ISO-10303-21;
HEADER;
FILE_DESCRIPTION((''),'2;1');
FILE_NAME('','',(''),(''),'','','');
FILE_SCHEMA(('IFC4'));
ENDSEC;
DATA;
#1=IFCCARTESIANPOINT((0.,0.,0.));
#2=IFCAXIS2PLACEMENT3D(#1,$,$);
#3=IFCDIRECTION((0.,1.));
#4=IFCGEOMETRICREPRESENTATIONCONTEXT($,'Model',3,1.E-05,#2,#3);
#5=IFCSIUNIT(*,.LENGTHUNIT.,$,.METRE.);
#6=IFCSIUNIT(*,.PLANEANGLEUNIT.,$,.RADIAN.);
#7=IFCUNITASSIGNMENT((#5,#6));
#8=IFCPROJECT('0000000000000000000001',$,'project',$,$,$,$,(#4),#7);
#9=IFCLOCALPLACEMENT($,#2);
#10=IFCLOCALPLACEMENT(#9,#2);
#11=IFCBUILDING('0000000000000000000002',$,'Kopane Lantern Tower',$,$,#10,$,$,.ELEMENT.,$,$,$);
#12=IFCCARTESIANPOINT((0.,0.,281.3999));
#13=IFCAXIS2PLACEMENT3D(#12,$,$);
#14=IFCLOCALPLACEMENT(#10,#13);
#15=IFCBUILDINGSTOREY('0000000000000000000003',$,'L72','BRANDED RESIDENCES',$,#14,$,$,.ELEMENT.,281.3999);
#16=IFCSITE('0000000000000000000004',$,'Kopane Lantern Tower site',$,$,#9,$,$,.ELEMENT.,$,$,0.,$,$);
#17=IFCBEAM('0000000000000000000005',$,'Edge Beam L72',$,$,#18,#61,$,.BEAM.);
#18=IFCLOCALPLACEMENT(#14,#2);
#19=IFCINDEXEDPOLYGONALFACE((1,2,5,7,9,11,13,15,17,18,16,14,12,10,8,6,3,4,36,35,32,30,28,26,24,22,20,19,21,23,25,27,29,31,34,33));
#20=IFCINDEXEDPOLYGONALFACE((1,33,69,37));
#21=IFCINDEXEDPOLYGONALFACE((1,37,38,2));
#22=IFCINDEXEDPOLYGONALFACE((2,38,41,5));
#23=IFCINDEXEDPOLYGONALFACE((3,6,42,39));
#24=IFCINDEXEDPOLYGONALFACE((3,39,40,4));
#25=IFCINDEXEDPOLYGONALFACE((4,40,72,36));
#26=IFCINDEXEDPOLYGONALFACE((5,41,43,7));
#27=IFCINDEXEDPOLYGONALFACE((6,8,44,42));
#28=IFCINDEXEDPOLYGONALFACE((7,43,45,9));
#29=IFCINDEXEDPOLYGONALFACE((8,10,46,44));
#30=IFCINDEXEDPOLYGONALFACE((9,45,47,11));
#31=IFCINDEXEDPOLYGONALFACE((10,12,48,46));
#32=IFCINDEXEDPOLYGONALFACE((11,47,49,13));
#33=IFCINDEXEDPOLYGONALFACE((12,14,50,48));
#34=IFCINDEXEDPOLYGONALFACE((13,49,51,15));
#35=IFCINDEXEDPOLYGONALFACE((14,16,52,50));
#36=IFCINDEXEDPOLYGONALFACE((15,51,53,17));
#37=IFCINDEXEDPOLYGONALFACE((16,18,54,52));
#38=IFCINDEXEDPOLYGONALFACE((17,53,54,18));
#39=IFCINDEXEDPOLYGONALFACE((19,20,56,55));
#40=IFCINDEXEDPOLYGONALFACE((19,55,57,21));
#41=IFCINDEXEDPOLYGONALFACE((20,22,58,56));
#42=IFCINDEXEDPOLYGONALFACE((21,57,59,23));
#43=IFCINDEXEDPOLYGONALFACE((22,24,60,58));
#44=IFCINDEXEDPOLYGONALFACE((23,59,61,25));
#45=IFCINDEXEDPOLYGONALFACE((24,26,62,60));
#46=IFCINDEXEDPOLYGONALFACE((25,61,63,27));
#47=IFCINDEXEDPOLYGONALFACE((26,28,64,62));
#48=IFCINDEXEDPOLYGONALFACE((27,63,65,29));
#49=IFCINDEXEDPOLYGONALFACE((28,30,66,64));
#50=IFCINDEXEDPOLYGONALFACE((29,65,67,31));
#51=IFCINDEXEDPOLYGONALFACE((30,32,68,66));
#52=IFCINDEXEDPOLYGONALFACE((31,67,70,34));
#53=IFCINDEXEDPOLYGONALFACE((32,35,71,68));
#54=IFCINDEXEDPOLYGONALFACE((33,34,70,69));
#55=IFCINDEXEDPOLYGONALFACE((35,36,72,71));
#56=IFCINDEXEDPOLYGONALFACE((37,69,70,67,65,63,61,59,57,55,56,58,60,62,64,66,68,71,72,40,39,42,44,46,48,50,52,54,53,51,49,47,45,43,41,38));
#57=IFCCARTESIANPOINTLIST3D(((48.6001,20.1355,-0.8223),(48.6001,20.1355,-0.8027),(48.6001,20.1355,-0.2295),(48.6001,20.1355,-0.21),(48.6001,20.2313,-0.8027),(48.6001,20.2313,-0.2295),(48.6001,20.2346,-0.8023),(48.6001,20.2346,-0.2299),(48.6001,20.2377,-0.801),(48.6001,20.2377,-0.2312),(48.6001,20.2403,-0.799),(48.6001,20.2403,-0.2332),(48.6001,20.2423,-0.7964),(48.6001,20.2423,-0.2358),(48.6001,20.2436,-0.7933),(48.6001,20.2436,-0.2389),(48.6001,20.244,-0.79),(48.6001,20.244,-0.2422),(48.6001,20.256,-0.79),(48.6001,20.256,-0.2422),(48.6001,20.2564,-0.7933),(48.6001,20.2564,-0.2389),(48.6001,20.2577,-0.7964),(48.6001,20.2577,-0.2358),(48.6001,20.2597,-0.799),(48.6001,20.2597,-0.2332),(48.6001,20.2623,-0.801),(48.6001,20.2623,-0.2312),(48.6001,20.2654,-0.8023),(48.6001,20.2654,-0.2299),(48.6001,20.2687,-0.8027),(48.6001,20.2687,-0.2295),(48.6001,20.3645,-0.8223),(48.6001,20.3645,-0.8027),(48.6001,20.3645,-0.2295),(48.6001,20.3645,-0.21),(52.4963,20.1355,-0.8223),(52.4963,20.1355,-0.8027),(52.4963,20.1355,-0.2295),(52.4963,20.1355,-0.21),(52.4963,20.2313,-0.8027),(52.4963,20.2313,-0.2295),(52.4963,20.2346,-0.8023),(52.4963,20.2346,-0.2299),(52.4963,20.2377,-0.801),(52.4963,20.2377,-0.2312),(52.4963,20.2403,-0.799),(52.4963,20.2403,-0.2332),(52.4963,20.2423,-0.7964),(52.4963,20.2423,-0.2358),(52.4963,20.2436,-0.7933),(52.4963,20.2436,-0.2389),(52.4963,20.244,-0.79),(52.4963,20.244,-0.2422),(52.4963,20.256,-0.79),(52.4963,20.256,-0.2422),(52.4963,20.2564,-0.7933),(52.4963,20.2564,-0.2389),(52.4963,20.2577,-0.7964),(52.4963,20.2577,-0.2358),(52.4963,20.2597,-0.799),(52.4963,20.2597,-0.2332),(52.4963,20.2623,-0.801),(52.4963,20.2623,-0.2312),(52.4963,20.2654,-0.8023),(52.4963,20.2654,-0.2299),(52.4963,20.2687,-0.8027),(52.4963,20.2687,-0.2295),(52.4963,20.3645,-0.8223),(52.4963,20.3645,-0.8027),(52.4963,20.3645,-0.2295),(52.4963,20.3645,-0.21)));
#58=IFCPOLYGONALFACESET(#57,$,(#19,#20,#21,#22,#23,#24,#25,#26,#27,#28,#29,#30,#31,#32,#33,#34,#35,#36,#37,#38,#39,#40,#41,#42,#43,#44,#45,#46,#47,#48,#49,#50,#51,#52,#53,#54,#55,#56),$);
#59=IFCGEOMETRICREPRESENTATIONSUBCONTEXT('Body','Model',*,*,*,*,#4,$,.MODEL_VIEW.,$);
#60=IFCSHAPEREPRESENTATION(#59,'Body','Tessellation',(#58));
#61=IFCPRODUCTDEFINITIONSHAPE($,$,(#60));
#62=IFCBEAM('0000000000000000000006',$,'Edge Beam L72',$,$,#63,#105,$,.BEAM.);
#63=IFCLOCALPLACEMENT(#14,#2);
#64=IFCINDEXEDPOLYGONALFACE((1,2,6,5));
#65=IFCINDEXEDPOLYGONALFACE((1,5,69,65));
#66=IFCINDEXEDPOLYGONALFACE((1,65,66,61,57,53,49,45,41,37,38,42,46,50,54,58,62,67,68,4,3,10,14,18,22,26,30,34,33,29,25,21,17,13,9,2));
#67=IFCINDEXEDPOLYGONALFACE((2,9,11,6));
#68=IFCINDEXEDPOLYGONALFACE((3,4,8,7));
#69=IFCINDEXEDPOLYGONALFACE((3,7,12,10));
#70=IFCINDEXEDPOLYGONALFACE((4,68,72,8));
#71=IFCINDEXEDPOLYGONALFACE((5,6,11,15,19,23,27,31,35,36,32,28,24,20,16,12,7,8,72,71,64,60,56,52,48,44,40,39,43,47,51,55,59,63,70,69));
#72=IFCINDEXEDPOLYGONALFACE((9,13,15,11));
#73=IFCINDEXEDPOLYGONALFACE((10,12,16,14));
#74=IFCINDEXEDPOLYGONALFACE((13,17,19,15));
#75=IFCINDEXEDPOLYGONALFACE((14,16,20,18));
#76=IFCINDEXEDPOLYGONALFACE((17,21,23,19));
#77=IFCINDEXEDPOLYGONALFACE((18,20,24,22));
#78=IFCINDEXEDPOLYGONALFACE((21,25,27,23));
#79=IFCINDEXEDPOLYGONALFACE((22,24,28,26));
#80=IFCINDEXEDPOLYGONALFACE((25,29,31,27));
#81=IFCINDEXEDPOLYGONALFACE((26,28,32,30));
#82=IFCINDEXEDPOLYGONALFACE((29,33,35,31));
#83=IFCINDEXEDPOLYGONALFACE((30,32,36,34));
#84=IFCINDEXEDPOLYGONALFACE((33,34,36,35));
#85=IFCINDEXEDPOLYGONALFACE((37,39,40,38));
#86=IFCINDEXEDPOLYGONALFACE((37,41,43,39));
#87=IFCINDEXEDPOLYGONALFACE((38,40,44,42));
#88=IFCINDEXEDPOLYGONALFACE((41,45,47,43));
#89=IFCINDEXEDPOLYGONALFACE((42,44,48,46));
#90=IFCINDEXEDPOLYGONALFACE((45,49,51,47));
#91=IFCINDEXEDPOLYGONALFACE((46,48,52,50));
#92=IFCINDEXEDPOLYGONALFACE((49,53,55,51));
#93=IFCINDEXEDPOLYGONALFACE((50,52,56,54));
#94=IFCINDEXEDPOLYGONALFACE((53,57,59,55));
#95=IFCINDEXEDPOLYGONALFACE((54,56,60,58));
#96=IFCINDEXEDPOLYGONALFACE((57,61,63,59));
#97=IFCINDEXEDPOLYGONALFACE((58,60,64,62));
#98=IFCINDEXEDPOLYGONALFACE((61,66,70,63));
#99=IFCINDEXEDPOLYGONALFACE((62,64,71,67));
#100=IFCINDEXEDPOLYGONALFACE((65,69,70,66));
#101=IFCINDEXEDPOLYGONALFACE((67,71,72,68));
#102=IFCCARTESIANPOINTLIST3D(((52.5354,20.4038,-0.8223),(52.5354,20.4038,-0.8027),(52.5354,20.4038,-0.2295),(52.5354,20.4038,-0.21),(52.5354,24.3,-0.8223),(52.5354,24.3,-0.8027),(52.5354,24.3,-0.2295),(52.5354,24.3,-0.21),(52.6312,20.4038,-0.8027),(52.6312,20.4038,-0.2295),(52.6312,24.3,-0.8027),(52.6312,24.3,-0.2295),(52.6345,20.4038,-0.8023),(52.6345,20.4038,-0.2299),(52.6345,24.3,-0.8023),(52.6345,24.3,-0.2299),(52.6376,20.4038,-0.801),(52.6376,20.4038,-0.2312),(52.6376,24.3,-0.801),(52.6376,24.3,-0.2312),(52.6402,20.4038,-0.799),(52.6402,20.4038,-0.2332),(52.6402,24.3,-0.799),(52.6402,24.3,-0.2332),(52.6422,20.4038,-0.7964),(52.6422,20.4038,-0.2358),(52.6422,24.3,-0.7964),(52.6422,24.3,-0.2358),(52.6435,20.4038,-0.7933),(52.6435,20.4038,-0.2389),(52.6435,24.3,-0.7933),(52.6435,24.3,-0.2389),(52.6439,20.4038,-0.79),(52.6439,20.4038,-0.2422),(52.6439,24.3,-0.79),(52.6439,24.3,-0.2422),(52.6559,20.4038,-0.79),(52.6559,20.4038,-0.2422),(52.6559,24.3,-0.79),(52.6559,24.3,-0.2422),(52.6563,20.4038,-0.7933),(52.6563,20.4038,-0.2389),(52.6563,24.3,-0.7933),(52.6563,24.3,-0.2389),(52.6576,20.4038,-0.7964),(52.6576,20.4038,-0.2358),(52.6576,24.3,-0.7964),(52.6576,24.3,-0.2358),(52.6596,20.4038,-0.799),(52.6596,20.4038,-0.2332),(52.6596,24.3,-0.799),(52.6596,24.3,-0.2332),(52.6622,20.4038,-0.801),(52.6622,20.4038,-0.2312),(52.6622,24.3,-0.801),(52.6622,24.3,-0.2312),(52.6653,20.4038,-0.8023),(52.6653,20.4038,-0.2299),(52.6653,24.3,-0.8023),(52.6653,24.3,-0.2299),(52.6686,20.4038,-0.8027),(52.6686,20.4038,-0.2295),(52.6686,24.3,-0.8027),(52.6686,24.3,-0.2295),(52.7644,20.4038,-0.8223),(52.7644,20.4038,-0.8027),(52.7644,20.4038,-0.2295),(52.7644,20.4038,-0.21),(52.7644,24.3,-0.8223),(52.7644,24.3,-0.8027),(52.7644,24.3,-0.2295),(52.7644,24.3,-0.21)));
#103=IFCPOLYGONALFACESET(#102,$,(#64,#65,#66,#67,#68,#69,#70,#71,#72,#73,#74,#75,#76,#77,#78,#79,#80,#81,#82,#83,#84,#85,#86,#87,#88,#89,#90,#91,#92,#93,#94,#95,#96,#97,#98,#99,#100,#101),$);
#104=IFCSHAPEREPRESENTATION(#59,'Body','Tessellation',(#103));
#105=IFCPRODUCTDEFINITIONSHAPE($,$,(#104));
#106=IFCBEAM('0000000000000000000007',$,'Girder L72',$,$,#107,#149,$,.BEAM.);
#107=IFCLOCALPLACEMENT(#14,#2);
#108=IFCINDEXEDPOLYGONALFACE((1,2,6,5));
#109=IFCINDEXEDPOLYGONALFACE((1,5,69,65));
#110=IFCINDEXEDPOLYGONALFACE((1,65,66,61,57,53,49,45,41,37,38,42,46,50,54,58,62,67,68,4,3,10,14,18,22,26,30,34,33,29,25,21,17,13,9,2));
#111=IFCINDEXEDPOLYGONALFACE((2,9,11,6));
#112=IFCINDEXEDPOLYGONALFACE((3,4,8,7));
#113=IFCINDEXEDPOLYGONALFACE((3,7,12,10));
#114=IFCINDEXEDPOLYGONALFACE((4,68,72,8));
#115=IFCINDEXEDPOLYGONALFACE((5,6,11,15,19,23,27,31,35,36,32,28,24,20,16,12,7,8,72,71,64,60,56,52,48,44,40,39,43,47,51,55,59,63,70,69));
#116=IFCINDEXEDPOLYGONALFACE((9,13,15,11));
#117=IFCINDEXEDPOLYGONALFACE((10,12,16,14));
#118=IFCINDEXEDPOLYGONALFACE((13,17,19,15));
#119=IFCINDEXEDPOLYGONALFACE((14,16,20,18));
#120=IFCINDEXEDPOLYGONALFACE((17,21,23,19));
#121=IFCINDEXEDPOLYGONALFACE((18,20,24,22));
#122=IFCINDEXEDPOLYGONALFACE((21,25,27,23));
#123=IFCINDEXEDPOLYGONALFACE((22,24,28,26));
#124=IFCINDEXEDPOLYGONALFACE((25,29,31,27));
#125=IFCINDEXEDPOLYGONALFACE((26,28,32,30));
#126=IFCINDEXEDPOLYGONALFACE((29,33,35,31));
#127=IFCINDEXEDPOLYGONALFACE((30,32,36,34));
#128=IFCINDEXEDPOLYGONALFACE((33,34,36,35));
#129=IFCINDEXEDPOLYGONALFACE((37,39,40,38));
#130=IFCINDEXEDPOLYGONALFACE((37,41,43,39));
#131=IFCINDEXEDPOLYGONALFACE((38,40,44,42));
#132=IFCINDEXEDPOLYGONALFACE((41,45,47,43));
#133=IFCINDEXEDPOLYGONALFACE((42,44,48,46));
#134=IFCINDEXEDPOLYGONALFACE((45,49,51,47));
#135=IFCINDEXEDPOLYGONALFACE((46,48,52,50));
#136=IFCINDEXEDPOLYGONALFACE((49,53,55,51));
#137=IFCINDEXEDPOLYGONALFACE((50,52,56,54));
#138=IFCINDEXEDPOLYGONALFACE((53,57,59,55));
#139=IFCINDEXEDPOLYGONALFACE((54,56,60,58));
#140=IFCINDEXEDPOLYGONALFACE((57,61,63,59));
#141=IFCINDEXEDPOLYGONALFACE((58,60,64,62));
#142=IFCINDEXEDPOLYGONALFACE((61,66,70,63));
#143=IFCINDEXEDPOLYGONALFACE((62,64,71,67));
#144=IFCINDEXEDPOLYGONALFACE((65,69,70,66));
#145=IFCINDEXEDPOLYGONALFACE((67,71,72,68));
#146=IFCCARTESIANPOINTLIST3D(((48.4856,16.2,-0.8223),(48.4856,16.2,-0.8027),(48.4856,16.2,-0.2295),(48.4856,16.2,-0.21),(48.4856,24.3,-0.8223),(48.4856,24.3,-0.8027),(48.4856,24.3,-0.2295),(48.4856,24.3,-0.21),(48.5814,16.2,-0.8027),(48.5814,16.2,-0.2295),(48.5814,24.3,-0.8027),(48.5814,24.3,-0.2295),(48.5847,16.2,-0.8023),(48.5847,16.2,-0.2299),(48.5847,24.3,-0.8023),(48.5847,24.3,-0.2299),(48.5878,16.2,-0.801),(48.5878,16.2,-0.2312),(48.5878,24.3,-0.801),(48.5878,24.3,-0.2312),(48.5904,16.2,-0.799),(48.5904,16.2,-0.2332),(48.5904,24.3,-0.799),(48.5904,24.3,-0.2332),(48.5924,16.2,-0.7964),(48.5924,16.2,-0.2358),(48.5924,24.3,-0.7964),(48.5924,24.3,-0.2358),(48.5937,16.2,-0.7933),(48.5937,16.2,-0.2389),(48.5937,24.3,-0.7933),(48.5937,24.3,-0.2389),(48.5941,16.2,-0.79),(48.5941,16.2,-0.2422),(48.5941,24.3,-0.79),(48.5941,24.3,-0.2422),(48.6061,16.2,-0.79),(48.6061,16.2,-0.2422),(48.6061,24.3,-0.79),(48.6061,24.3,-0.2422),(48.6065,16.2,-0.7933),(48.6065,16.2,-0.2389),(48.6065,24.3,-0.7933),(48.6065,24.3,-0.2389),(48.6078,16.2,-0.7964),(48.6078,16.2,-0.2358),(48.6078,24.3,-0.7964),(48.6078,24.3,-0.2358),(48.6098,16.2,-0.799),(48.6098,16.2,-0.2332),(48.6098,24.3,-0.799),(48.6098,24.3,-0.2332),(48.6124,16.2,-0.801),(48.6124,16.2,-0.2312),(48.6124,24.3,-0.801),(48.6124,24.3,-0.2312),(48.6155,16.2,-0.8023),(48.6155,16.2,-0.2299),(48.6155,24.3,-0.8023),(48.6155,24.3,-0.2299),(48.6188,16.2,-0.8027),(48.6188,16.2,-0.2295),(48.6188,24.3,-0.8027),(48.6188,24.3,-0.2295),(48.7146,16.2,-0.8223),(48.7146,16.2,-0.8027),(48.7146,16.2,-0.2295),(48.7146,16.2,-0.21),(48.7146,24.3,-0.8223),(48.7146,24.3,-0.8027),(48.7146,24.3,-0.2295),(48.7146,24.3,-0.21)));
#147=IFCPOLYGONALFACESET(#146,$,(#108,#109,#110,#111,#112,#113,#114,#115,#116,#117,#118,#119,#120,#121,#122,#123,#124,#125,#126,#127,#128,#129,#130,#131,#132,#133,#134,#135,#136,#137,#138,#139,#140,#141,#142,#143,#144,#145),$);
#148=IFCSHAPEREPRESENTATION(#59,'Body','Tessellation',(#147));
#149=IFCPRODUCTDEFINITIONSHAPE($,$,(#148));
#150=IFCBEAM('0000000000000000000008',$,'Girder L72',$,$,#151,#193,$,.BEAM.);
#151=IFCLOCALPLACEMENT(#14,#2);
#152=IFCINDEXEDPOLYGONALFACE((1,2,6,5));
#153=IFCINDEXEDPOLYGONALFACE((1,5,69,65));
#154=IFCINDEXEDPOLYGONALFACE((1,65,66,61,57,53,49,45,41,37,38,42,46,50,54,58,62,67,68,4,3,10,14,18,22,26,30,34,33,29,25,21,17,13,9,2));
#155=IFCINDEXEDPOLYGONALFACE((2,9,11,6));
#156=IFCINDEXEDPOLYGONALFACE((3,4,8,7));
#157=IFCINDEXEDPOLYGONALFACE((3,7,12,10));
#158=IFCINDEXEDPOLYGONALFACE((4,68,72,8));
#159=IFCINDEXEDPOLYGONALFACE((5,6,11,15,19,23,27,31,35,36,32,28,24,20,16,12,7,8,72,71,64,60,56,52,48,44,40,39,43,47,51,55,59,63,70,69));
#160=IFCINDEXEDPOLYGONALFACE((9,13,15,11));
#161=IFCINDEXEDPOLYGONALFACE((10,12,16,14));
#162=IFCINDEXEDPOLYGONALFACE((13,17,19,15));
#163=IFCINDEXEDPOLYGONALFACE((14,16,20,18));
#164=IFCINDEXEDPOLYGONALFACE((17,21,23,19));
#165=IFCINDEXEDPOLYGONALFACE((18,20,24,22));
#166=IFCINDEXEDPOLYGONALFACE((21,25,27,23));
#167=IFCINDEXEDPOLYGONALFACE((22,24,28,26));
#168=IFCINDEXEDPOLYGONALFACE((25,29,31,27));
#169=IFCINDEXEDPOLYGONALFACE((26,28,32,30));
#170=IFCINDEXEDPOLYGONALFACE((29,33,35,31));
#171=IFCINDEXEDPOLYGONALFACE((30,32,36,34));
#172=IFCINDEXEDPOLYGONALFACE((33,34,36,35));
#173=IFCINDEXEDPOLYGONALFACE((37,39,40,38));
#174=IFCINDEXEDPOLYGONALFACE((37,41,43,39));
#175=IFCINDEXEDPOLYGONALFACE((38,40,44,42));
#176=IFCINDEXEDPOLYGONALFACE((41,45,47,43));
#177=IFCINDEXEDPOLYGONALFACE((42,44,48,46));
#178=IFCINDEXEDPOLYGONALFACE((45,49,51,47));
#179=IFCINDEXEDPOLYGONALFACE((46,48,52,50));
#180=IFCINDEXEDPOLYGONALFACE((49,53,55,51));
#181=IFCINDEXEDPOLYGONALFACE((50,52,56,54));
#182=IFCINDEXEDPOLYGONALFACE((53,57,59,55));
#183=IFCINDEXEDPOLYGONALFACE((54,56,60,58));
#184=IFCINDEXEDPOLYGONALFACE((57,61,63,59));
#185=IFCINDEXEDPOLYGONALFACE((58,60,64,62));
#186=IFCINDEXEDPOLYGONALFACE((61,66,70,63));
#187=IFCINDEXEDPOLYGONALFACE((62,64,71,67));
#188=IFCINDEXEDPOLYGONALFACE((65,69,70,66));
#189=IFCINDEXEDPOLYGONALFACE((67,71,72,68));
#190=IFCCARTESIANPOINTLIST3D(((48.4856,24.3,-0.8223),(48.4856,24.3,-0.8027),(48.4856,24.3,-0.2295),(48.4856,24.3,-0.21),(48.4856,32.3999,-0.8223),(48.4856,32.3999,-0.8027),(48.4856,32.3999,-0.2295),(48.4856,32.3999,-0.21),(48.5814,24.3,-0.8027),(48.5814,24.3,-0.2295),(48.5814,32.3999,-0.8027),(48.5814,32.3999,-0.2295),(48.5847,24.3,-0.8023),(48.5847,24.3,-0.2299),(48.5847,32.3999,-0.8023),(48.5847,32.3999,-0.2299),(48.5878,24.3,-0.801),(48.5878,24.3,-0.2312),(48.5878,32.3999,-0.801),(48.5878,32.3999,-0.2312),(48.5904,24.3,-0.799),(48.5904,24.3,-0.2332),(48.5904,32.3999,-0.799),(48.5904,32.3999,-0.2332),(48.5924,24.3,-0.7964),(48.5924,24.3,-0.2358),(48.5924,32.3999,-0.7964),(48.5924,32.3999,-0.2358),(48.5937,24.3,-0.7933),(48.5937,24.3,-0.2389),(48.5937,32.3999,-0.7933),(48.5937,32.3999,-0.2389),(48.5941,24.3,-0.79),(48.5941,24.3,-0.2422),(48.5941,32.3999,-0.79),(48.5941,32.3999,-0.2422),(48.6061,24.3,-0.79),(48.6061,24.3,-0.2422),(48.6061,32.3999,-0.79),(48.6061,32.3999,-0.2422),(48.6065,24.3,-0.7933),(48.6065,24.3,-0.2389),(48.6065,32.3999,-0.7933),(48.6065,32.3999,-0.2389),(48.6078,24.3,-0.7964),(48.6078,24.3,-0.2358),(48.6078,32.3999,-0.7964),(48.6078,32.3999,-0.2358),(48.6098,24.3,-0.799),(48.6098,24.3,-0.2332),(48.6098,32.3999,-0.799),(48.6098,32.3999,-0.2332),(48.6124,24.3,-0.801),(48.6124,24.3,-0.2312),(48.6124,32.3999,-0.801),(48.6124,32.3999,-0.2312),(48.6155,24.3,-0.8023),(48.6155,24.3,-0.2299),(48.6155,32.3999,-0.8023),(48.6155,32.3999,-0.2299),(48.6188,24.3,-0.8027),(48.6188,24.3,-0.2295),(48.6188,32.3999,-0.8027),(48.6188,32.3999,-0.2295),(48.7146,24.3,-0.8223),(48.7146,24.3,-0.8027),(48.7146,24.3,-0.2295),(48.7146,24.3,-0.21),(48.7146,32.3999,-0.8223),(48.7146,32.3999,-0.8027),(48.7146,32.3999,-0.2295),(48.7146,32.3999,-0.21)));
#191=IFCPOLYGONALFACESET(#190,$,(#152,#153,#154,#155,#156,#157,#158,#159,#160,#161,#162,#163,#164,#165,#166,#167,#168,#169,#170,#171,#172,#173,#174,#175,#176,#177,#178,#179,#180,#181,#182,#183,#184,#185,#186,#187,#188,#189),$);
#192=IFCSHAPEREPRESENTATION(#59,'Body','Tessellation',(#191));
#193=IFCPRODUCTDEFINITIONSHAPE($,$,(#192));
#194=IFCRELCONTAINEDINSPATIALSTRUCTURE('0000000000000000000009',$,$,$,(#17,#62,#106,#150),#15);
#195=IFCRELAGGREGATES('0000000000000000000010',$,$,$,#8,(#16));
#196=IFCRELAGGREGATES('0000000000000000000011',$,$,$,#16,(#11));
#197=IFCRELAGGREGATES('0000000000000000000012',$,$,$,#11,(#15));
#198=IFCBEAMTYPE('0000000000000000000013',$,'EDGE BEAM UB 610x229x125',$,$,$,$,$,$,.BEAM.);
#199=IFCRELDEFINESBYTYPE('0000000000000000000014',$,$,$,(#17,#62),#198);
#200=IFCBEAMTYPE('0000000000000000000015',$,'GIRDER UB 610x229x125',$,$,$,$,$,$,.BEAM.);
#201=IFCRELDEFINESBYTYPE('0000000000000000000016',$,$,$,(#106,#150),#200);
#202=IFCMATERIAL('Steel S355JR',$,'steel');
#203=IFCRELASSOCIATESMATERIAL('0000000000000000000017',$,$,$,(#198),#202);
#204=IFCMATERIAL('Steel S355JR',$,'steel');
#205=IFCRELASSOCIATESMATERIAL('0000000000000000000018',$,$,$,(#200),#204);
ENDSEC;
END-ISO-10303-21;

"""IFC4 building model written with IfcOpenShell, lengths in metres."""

from ifc_helpers import new_model, si_unit, direction, frame, origin, origin_2d, place, context, subcontext, project, spatial, i_section, extrude, material, material_profile, profile_set, type_object, element, save


model = new_model("IFC4")

# Units and contexts
model_context = context("Model", 3, precision=1e-05, world=origin(), true_north=direction((0.0, 1.0)))
body_context = subcontext(model_context, "Body", "Model", "MODEL_VIEW")
ifc_project = project(units=[si_unit("LENGTHUNIT", "METRE"), si_unit("PLANEANGLEUNIT", "RADIAN")], contexts=[model_context])

# Site, building, storey
site_placement = place(None, origin())
site = spatial("IfcSite", under=ifc_project, at=site_placement, Name="Kopane Lantern Tower site", CompositionType="ELEMENT", RefElevation=0.0)
building_placement = place(site_placement, origin())
building = spatial("IfcBuilding", under=site, at=building_placement, Name="Kopane Lantern Tower", CompositionType="ELEMENT")
storey_placement = place(building_placement, frame((0.0, 0.0, 281.3999)))
storey = spatial("IfcBuildingStorey", under=building, at=storey_placement, Name="L72", Description="BRANDED RESIDENCES", CompositionType="ELEMENT", Elevation=281.3999)

# Beams
ifc_material_1 = material(Name="Steel S355JR", Category="steel")
ifc_material_profile_1 = material_profile(ifc_material_1, i_section(OverallWidth=0.229, OverallDepth=0.6123, WebThickness=0.012, FlangeThickness=0.0195, FilletRadius=0.0127, at=origin_2d()), Name="UB 610x229x125")
ifc_profile_set_1 = profile_set([ifc_material_profile_1], Name="Steel S355JR")
beam_type_1 = type_object("IfcBeamType", Name="EDGE BEAM UB 610x229x125", PredefinedType="BEAM", material=ifc_profile_set_1)
for number, where, z_axis, x_axis, name in (
    (1, (52.4963, 20.25, -0.5161), (-1.0, 0.0, 0.0), (0.0, -1.0, 0.0), "Edge Beam L72"),
    (2, (52.6499, 20.4038, -0.5161), (0.0, 1.0, 0.0), (-1.0, 0.0, 0.0), "Edge Beam L72"),
):
    element("IfcBeam", number, at=place(storey_placement, frame(where, z_axis=z_axis, x_axis=x_axis)), inside=storey, type_object=beam_type_1, Name=name, PredefinedType="BEAM", context=body_context, shape_type="SweptSolid", body=[
        extrude(i_section(OverallWidth=0.229, OverallDepth=0.6123, WebThickness=0.012, FlangeThickness=0.0195, FilletRadius=0.0127, at=origin_2d()), origin(), (0.0, 0.0, 1.0), 3.8962),
    ])
ifc_material_2 = material(Name="Steel S355JR", Category="steel")
ifc_material_profile_2 = material_profile(ifc_material_2, i_section(OverallWidth=0.229, OverallDepth=0.6123, WebThickness=0.012, FlangeThickness=0.0195, FilletRadius=0.0127, at=origin_2d()), Name="UB 610x229x125")
ifc_profile_set_2 = profile_set([ifc_material_profile_2], Name="Steel S355JR")
beam_type_2 = type_object("IfcBeamType", Name="GIRDER UB 610x229x125", PredefinedType="BEAM", material=ifc_profile_set_2)
beam_1_placement = place(storey_placement, frame((48.6001, 16.2, -0.5161), z_axis=(0.0, 1.0, 0.0), x_axis=(-1.0, 0.0, 0.0)))
element("IfcBeam", 3, at=beam_1_placement, inside=storey, type_object=beam_type_2, Name="Girder L72", PredefinedType="BEAM", context=body_context, shape_type="SweptSolid", body=[
    extrude(i_section(OverallWidth=0.229, OverallDepth=0.6123, WebThickness=0.012, FlangeThickness=0.0195, FilletRadius=0.0127, at=origin_2d()), origin(), (0.0, 0.0, 1.0), 8.1001),
])
for number, where, z_axis, x_axis, name in (
    (4, (48.6001, 24.3, -0.5161), (0.0, 1.0, 0.0), (-1.0, 0.0, 0.0), "Girder L72"),
):
    element("IfcBeam", number, at=place(storey_placement, frame(where, z_axis=z_axis, x_axis=x_axis)), inside=storey, type_object=beam_type_2, Name=name, PredefinedType="BEAM", context=body_context, shape_type="SweptSolid", body=[
        extrude(i_section(OverallWidth=0.229, OverallDepth=0.6123, WebThickness=0.012, FlangeThickness=0.0195, FilletRadius=0.0127, at=origin_2d()), origin(), (0.0, 0.0, 1.0), 8.0999),
    ])

save(model, "model.ifc")
